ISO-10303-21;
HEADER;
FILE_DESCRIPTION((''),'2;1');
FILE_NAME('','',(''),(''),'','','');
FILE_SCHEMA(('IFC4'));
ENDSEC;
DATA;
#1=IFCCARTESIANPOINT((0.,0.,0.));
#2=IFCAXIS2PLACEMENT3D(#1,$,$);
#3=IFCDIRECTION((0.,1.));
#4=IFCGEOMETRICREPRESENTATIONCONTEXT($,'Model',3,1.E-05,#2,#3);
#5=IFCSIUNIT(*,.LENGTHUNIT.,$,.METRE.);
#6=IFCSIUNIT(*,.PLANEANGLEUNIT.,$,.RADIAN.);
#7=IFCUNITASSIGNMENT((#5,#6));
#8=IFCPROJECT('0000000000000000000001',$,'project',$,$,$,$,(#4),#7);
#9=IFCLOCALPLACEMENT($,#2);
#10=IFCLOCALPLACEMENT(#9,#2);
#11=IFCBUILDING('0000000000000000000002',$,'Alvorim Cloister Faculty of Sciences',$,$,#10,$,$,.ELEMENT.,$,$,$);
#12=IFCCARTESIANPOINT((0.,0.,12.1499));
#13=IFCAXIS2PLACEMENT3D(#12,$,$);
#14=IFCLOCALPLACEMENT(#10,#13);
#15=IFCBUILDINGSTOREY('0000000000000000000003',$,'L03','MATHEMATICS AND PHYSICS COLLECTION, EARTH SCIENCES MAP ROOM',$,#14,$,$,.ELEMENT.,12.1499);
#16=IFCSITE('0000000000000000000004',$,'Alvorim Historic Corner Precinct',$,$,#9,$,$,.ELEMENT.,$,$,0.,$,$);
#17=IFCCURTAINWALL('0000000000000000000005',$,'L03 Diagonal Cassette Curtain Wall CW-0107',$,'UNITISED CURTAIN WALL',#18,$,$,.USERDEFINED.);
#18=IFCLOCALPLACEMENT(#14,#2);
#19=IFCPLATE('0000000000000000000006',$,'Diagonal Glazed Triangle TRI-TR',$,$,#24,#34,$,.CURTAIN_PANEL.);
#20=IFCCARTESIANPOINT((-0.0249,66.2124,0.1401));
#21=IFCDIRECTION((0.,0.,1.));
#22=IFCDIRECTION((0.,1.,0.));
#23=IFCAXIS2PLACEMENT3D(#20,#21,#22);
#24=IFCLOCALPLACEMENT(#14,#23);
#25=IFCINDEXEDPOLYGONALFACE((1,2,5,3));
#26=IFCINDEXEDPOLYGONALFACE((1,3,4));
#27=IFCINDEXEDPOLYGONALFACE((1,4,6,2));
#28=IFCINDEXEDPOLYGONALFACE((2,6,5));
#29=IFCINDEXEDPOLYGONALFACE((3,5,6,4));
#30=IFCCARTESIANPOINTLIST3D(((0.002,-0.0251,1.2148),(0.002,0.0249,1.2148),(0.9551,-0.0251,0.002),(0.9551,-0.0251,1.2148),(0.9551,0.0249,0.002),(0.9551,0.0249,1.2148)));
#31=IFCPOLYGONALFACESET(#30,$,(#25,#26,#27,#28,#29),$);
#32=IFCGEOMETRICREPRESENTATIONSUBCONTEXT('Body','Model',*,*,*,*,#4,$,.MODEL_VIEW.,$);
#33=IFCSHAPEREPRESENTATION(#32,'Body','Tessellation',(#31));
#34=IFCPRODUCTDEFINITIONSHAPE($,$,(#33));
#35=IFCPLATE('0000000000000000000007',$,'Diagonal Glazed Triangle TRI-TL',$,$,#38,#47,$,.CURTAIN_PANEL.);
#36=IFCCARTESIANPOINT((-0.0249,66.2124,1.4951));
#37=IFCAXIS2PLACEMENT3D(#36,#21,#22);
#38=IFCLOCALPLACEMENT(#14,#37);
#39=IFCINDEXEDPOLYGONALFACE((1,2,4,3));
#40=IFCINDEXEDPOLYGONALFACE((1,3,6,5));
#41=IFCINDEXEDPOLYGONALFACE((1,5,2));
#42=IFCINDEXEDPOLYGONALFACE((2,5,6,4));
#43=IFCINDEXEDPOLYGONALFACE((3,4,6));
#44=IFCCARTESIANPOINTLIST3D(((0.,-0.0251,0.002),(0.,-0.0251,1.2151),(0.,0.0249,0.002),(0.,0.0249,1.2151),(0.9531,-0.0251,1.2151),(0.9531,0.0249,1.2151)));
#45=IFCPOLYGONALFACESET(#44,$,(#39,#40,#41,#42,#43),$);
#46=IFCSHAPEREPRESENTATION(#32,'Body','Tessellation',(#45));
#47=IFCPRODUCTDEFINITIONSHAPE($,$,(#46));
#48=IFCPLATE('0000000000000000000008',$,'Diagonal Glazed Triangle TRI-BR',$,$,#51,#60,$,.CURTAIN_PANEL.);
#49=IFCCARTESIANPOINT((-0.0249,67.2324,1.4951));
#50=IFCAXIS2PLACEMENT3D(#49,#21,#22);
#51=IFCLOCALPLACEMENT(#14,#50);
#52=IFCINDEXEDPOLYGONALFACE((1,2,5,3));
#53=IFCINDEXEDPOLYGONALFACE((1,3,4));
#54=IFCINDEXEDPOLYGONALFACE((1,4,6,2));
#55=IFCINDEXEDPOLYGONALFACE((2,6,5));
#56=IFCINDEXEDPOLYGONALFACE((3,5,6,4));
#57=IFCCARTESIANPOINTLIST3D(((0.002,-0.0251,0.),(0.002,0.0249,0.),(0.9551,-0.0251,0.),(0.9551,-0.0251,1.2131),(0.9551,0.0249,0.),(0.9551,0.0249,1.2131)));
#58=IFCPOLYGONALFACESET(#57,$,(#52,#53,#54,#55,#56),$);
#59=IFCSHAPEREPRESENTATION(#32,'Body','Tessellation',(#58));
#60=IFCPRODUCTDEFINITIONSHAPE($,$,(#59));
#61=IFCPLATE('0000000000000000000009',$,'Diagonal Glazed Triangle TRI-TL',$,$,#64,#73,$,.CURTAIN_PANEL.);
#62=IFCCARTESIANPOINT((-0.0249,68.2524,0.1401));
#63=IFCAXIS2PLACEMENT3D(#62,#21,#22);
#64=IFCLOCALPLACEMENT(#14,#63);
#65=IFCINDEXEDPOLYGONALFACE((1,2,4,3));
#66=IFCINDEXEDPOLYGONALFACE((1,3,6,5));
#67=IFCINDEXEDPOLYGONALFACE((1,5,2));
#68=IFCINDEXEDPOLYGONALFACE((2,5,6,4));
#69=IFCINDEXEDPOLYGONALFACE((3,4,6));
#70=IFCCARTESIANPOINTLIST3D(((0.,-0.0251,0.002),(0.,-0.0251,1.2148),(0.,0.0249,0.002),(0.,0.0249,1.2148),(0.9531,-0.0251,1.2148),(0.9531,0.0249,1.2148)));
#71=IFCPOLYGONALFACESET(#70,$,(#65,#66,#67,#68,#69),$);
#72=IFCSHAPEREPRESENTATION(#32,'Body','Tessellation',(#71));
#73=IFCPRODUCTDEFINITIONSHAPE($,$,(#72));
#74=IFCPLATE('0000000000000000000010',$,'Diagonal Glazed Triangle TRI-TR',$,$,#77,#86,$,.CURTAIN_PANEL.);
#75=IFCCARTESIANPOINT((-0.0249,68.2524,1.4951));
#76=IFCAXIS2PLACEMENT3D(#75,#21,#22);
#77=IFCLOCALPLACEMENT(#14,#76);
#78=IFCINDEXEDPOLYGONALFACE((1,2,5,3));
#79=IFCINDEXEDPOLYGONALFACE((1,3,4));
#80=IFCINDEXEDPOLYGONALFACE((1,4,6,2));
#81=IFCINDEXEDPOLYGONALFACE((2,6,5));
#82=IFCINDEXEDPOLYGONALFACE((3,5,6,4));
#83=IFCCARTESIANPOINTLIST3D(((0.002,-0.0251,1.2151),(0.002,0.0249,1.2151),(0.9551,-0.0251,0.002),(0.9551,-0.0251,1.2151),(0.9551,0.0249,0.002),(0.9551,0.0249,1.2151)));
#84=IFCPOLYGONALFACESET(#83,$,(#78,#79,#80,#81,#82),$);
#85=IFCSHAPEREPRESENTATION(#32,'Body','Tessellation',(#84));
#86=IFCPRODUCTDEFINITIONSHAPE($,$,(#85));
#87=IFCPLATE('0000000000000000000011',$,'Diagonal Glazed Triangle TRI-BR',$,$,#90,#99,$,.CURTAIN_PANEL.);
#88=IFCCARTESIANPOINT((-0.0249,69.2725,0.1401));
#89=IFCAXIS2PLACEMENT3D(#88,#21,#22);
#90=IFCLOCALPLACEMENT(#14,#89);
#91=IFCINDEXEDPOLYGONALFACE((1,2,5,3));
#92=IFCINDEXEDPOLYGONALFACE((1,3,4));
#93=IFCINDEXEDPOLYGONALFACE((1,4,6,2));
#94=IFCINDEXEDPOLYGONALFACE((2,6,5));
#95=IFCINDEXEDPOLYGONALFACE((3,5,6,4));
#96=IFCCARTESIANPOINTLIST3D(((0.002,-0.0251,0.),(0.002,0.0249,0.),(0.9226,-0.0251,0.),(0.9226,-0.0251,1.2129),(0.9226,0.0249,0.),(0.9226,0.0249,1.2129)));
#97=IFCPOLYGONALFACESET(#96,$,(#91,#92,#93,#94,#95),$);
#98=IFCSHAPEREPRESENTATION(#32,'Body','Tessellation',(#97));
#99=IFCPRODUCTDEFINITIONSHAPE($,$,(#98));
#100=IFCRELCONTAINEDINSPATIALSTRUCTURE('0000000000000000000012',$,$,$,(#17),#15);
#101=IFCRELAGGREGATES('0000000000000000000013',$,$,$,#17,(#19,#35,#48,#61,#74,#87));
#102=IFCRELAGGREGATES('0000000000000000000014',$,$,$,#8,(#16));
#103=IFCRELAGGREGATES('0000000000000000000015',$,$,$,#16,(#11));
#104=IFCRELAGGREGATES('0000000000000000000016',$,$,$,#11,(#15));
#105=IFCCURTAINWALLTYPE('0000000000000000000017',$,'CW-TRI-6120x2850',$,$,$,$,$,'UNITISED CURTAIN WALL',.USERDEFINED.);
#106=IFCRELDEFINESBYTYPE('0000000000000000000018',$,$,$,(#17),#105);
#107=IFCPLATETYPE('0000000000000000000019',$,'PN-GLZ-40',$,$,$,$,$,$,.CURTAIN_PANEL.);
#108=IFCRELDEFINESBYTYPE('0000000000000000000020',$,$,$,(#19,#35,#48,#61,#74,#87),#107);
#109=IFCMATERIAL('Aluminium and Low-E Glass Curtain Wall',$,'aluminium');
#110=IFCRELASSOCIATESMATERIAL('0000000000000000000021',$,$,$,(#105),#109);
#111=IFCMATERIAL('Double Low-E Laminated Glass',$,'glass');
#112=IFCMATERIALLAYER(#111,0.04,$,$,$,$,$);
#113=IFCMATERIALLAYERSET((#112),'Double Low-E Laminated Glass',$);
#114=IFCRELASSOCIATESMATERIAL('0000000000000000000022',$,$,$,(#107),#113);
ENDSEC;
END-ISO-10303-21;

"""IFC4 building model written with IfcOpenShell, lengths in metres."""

from ifc_helpers import new_model, si_unit, direction, frame, origin, place, context, subcontext, project, spatial, polyline, outline, extrude, material, layer, layer_set, type_object, element, aggregate, save


model = new_model("IFC4")

# Units and contexts
model_context = context("Model", 3, precision=1e-05, world=origin(), true_north=direction((0.0, 1.0)))
body_context = subcontext(model_context, "Body", "Model", "MODEL_VIEW")
ifc_project = project(units=[si_unit("LENGTHUNIT", "METRE"), si_unit("PLANEANGLEUNIT", "RADIAN")], contexts=[model_context])

# Site, building, storey
site_placement = place(None, origin())
site = spatial("IfcSite", under=ifc_project, at=site_placement, Name="Alvorim Historic Corner Precinct", CompositionType="ELEMENT", RefElevation=0.0)
building_placement = place(site_placement, origin())
building = spatial("IfcBuilding", under=site, at=building_placement, Name="Alvorim Cloister Faculty of Sciences", CompositionType="ELEMENT")
storey_placement = place(building_placement, frame((0.0, 0.0, 12.1499)))
storey = spatial("IfcBuildingStorey", under=building, at=storey_placement, Name="L03", Description="MATHEMATICS AND PHYSICS COLLECTION, EARTH SCIENCES MAP ROOM", CompositionType="ELEMENT", Elevation=12.1499)

# Curtain wall, plates
ifc_material_1 = material(Name="Aluminium and Low-E Glass Curtain Wall", Category="aluminium")
curtain_wall_type = type_object("IfcCurtainWallType", Name="CW-TRI-6120x2850", ElementType="UNITISED CURTAIN WALL", PredefinedType="USERDEFINED", material=ifc_material_1)
curtain_wall_placement = place(storey_placement, origin())
curtain_wall = element("IfcCurtainWall", 1, at=curtain_wall_placement, inside=storey, type_object=curtain_wall_type, Name="L03 Diagonal Cassette Curtain Wall CW-0107", ObjectType="UNITISED CURTAIN WALL", PredefinedType="USERDEFINED")
ifc_material_2 = material(Name="Double Low-E Laminated Glass", Category="glass")
ifc_layer = layer(ifc_material_2, 0.04)
ifc_layer_set = layer_set([ifc_layer], Name="Double Low-E Laminated Glass")
plate_type = type_object("IfcPlateType", Name="PN-GLZ-40", PredefinedType="CURTAIN_PANEL", material=ifc_layer_set)
plate_1_placement = place(storey_placement, frame((-0.0249, 66.2124, 0.1401), z_axis=(0.0, 0.0, 1.0), x_axis=(0.0, 1.0, 0.0)))
plate_1 = element("IfcPlate", 2, at=plate_1_placement, type_object=plate_type, Name="Diagonal Glazed Triangle TRI-TR", PredefinedType="CURTAIN_PANEL", context=body_context, shape_type="SweptSolid", body=[
    extrude(outline(polyline([(0.9551, 0.002), (0.9551, 1.2148), (0.002, 1.2148), (0.9551, 0.002)])), frame((0.0, 0.0249, 0.0), z_axis=(0.0, -1.0, 0.0), x_axis=(1.0, 0.0, 0.0)), (0.0, 0.0, 1.0), 0.05),
])
plate_2_placement = place(storey_placement, frame((-0.0249, 66.2124, 1.4951), z_axis=(0.0, 0.0, 1.0), x_axis=(0.0, 1.0, 0.0)))
plate_2 = element("IfcPlate", 3, at=plate_2_placement, type_object=plate_type, Name="Diagonal Glazed Triangle TRI-TL", PredefinedType="CURTAIN_PANEL", context=body_context, shape_type="SweptSolid", body=[
    extrude(outline(polyline([(0.9531, 1.2151), (0.0, 1.2151), (0.0, 0.002), (0.9531, 1.2151)])), frame((0.0, 0.0249, 0.0), z_axis=(0.0, -1.0, 0.0), x_axis=(1.0, 0.0, 0.0)), (0.0, 0.0, 1.0), 0.05),
])
plate_3_placement = place(storey_placement, frame((-0.0249, 67.2324, 1.4951), z_axis=(0.0, 0.0, 1.0), x_axis=(0.0, 1.0, 0.0)))
plate_3 = element("IfcPlate", 4, at=plate_3_placement, type_object=plate_type, Name="Diagonal Glazed Triangle TRI-BR", PredefinedType="CURTAIN_PANEL", context=body_context, shape_type="SweptSolid", body=[
    extrude(outline(polyline([(0.002, 0.0), (0.9551, 0.0), (0.9551, 1.2131), (0.002, 0.0)])), frame((0.0, 0.0249, 0.0), z_axis=(0.0, -1.0, 0.0), x_axis=(1.0, 0.0, 0.0)), (0.0, 0.0, 1.0), 0.05),
])
plate_4_placement = place(storey_placement, frame((-0.0249, 68.2524, 0.1401), z_axis=(0.0, 0.0, 1.0), x_axis=(0.0, 1.0, 0.0)))
plate_4 = element("IfcPlate", 5, at=plate_4_placement, type_object=plate_type, Name="Diagonal Glazed Triangle TRI-TL", PredefinedType="CURTAIN_PANEL", context=body_context, shape_type="SweptSolid", body=[
    extrude(outline(polyline([(0.9531, 1.2148), (0.0, 1.2148), (0.0, 0.002), (0.9531, 1.2148)])), frame((0.0, 0.0249, 0.0), z_axis=(0.0, -1.0, 0.0), x_axis=(1.0, 0.0, 0.0)), (0.0, 0.0, 1.0), 0.05),
])
plate_5_placement = place(storey_placement, frame((-0.0249, 68.2524, 1.4951), z_axis=(0.0, 0.0, 1.0), x_axis=(0.0, 1.0, 0.0)))
plate_5 = element("IfcPlate", 6, at=plate_5_placement, type_object=plate_type, Name="Diagonal Glazed Triangle TRI-TR", PredefinedType="CURTAIN_PANEL", context=body_context, shape_type="SweptSolid", body=[
    extrude(outline(polyline([(0.9551, 0.002), (0.9551, 1.2151), (0.002, 1.2151), (0.9551, 0.002)])), frame((0.0, 0.0249, 0.0), z_axis=(0.0, -1.0, 0.0), x_axis=(1.0, 0.0, 0.0)), (0.0, 0.0, 1.0), 0.05),
])
plate_6_placement = place(storey_placement, frame((-0.0249, 69.2725, 0.1401), z_axis=(0.0, 0.0, 1.0), x_axis=(0.0, 1.0, 0.0)))
plate_6 = element("IfcPlate", 7, at=plate_6_placement, type_object=plate_type, Name="Diagonal Glazed Triangle TRI-BR", PredefinedType="CURTAIN_PANEL", context=body_context, shape_type="SweptSolid", body=[
    extrude(outline(polyline([(0.002, 0.0), (0.9226, 0.0), (0.9226, 1.2129), (0.002, 0.0)])), frame((0.0, 0.0249, 0.0), z_axis=(0.0, -1.0, 0.0), x_axis=(1.0, 0.0, 0.0)), (0.0, 0.0, 1.0), 0.05),
])
aggregate(curtain_wall, [plate_1, plate_2, plate_3, plate_4, plate_5, plate_6])

save(model, "model.ifc")
